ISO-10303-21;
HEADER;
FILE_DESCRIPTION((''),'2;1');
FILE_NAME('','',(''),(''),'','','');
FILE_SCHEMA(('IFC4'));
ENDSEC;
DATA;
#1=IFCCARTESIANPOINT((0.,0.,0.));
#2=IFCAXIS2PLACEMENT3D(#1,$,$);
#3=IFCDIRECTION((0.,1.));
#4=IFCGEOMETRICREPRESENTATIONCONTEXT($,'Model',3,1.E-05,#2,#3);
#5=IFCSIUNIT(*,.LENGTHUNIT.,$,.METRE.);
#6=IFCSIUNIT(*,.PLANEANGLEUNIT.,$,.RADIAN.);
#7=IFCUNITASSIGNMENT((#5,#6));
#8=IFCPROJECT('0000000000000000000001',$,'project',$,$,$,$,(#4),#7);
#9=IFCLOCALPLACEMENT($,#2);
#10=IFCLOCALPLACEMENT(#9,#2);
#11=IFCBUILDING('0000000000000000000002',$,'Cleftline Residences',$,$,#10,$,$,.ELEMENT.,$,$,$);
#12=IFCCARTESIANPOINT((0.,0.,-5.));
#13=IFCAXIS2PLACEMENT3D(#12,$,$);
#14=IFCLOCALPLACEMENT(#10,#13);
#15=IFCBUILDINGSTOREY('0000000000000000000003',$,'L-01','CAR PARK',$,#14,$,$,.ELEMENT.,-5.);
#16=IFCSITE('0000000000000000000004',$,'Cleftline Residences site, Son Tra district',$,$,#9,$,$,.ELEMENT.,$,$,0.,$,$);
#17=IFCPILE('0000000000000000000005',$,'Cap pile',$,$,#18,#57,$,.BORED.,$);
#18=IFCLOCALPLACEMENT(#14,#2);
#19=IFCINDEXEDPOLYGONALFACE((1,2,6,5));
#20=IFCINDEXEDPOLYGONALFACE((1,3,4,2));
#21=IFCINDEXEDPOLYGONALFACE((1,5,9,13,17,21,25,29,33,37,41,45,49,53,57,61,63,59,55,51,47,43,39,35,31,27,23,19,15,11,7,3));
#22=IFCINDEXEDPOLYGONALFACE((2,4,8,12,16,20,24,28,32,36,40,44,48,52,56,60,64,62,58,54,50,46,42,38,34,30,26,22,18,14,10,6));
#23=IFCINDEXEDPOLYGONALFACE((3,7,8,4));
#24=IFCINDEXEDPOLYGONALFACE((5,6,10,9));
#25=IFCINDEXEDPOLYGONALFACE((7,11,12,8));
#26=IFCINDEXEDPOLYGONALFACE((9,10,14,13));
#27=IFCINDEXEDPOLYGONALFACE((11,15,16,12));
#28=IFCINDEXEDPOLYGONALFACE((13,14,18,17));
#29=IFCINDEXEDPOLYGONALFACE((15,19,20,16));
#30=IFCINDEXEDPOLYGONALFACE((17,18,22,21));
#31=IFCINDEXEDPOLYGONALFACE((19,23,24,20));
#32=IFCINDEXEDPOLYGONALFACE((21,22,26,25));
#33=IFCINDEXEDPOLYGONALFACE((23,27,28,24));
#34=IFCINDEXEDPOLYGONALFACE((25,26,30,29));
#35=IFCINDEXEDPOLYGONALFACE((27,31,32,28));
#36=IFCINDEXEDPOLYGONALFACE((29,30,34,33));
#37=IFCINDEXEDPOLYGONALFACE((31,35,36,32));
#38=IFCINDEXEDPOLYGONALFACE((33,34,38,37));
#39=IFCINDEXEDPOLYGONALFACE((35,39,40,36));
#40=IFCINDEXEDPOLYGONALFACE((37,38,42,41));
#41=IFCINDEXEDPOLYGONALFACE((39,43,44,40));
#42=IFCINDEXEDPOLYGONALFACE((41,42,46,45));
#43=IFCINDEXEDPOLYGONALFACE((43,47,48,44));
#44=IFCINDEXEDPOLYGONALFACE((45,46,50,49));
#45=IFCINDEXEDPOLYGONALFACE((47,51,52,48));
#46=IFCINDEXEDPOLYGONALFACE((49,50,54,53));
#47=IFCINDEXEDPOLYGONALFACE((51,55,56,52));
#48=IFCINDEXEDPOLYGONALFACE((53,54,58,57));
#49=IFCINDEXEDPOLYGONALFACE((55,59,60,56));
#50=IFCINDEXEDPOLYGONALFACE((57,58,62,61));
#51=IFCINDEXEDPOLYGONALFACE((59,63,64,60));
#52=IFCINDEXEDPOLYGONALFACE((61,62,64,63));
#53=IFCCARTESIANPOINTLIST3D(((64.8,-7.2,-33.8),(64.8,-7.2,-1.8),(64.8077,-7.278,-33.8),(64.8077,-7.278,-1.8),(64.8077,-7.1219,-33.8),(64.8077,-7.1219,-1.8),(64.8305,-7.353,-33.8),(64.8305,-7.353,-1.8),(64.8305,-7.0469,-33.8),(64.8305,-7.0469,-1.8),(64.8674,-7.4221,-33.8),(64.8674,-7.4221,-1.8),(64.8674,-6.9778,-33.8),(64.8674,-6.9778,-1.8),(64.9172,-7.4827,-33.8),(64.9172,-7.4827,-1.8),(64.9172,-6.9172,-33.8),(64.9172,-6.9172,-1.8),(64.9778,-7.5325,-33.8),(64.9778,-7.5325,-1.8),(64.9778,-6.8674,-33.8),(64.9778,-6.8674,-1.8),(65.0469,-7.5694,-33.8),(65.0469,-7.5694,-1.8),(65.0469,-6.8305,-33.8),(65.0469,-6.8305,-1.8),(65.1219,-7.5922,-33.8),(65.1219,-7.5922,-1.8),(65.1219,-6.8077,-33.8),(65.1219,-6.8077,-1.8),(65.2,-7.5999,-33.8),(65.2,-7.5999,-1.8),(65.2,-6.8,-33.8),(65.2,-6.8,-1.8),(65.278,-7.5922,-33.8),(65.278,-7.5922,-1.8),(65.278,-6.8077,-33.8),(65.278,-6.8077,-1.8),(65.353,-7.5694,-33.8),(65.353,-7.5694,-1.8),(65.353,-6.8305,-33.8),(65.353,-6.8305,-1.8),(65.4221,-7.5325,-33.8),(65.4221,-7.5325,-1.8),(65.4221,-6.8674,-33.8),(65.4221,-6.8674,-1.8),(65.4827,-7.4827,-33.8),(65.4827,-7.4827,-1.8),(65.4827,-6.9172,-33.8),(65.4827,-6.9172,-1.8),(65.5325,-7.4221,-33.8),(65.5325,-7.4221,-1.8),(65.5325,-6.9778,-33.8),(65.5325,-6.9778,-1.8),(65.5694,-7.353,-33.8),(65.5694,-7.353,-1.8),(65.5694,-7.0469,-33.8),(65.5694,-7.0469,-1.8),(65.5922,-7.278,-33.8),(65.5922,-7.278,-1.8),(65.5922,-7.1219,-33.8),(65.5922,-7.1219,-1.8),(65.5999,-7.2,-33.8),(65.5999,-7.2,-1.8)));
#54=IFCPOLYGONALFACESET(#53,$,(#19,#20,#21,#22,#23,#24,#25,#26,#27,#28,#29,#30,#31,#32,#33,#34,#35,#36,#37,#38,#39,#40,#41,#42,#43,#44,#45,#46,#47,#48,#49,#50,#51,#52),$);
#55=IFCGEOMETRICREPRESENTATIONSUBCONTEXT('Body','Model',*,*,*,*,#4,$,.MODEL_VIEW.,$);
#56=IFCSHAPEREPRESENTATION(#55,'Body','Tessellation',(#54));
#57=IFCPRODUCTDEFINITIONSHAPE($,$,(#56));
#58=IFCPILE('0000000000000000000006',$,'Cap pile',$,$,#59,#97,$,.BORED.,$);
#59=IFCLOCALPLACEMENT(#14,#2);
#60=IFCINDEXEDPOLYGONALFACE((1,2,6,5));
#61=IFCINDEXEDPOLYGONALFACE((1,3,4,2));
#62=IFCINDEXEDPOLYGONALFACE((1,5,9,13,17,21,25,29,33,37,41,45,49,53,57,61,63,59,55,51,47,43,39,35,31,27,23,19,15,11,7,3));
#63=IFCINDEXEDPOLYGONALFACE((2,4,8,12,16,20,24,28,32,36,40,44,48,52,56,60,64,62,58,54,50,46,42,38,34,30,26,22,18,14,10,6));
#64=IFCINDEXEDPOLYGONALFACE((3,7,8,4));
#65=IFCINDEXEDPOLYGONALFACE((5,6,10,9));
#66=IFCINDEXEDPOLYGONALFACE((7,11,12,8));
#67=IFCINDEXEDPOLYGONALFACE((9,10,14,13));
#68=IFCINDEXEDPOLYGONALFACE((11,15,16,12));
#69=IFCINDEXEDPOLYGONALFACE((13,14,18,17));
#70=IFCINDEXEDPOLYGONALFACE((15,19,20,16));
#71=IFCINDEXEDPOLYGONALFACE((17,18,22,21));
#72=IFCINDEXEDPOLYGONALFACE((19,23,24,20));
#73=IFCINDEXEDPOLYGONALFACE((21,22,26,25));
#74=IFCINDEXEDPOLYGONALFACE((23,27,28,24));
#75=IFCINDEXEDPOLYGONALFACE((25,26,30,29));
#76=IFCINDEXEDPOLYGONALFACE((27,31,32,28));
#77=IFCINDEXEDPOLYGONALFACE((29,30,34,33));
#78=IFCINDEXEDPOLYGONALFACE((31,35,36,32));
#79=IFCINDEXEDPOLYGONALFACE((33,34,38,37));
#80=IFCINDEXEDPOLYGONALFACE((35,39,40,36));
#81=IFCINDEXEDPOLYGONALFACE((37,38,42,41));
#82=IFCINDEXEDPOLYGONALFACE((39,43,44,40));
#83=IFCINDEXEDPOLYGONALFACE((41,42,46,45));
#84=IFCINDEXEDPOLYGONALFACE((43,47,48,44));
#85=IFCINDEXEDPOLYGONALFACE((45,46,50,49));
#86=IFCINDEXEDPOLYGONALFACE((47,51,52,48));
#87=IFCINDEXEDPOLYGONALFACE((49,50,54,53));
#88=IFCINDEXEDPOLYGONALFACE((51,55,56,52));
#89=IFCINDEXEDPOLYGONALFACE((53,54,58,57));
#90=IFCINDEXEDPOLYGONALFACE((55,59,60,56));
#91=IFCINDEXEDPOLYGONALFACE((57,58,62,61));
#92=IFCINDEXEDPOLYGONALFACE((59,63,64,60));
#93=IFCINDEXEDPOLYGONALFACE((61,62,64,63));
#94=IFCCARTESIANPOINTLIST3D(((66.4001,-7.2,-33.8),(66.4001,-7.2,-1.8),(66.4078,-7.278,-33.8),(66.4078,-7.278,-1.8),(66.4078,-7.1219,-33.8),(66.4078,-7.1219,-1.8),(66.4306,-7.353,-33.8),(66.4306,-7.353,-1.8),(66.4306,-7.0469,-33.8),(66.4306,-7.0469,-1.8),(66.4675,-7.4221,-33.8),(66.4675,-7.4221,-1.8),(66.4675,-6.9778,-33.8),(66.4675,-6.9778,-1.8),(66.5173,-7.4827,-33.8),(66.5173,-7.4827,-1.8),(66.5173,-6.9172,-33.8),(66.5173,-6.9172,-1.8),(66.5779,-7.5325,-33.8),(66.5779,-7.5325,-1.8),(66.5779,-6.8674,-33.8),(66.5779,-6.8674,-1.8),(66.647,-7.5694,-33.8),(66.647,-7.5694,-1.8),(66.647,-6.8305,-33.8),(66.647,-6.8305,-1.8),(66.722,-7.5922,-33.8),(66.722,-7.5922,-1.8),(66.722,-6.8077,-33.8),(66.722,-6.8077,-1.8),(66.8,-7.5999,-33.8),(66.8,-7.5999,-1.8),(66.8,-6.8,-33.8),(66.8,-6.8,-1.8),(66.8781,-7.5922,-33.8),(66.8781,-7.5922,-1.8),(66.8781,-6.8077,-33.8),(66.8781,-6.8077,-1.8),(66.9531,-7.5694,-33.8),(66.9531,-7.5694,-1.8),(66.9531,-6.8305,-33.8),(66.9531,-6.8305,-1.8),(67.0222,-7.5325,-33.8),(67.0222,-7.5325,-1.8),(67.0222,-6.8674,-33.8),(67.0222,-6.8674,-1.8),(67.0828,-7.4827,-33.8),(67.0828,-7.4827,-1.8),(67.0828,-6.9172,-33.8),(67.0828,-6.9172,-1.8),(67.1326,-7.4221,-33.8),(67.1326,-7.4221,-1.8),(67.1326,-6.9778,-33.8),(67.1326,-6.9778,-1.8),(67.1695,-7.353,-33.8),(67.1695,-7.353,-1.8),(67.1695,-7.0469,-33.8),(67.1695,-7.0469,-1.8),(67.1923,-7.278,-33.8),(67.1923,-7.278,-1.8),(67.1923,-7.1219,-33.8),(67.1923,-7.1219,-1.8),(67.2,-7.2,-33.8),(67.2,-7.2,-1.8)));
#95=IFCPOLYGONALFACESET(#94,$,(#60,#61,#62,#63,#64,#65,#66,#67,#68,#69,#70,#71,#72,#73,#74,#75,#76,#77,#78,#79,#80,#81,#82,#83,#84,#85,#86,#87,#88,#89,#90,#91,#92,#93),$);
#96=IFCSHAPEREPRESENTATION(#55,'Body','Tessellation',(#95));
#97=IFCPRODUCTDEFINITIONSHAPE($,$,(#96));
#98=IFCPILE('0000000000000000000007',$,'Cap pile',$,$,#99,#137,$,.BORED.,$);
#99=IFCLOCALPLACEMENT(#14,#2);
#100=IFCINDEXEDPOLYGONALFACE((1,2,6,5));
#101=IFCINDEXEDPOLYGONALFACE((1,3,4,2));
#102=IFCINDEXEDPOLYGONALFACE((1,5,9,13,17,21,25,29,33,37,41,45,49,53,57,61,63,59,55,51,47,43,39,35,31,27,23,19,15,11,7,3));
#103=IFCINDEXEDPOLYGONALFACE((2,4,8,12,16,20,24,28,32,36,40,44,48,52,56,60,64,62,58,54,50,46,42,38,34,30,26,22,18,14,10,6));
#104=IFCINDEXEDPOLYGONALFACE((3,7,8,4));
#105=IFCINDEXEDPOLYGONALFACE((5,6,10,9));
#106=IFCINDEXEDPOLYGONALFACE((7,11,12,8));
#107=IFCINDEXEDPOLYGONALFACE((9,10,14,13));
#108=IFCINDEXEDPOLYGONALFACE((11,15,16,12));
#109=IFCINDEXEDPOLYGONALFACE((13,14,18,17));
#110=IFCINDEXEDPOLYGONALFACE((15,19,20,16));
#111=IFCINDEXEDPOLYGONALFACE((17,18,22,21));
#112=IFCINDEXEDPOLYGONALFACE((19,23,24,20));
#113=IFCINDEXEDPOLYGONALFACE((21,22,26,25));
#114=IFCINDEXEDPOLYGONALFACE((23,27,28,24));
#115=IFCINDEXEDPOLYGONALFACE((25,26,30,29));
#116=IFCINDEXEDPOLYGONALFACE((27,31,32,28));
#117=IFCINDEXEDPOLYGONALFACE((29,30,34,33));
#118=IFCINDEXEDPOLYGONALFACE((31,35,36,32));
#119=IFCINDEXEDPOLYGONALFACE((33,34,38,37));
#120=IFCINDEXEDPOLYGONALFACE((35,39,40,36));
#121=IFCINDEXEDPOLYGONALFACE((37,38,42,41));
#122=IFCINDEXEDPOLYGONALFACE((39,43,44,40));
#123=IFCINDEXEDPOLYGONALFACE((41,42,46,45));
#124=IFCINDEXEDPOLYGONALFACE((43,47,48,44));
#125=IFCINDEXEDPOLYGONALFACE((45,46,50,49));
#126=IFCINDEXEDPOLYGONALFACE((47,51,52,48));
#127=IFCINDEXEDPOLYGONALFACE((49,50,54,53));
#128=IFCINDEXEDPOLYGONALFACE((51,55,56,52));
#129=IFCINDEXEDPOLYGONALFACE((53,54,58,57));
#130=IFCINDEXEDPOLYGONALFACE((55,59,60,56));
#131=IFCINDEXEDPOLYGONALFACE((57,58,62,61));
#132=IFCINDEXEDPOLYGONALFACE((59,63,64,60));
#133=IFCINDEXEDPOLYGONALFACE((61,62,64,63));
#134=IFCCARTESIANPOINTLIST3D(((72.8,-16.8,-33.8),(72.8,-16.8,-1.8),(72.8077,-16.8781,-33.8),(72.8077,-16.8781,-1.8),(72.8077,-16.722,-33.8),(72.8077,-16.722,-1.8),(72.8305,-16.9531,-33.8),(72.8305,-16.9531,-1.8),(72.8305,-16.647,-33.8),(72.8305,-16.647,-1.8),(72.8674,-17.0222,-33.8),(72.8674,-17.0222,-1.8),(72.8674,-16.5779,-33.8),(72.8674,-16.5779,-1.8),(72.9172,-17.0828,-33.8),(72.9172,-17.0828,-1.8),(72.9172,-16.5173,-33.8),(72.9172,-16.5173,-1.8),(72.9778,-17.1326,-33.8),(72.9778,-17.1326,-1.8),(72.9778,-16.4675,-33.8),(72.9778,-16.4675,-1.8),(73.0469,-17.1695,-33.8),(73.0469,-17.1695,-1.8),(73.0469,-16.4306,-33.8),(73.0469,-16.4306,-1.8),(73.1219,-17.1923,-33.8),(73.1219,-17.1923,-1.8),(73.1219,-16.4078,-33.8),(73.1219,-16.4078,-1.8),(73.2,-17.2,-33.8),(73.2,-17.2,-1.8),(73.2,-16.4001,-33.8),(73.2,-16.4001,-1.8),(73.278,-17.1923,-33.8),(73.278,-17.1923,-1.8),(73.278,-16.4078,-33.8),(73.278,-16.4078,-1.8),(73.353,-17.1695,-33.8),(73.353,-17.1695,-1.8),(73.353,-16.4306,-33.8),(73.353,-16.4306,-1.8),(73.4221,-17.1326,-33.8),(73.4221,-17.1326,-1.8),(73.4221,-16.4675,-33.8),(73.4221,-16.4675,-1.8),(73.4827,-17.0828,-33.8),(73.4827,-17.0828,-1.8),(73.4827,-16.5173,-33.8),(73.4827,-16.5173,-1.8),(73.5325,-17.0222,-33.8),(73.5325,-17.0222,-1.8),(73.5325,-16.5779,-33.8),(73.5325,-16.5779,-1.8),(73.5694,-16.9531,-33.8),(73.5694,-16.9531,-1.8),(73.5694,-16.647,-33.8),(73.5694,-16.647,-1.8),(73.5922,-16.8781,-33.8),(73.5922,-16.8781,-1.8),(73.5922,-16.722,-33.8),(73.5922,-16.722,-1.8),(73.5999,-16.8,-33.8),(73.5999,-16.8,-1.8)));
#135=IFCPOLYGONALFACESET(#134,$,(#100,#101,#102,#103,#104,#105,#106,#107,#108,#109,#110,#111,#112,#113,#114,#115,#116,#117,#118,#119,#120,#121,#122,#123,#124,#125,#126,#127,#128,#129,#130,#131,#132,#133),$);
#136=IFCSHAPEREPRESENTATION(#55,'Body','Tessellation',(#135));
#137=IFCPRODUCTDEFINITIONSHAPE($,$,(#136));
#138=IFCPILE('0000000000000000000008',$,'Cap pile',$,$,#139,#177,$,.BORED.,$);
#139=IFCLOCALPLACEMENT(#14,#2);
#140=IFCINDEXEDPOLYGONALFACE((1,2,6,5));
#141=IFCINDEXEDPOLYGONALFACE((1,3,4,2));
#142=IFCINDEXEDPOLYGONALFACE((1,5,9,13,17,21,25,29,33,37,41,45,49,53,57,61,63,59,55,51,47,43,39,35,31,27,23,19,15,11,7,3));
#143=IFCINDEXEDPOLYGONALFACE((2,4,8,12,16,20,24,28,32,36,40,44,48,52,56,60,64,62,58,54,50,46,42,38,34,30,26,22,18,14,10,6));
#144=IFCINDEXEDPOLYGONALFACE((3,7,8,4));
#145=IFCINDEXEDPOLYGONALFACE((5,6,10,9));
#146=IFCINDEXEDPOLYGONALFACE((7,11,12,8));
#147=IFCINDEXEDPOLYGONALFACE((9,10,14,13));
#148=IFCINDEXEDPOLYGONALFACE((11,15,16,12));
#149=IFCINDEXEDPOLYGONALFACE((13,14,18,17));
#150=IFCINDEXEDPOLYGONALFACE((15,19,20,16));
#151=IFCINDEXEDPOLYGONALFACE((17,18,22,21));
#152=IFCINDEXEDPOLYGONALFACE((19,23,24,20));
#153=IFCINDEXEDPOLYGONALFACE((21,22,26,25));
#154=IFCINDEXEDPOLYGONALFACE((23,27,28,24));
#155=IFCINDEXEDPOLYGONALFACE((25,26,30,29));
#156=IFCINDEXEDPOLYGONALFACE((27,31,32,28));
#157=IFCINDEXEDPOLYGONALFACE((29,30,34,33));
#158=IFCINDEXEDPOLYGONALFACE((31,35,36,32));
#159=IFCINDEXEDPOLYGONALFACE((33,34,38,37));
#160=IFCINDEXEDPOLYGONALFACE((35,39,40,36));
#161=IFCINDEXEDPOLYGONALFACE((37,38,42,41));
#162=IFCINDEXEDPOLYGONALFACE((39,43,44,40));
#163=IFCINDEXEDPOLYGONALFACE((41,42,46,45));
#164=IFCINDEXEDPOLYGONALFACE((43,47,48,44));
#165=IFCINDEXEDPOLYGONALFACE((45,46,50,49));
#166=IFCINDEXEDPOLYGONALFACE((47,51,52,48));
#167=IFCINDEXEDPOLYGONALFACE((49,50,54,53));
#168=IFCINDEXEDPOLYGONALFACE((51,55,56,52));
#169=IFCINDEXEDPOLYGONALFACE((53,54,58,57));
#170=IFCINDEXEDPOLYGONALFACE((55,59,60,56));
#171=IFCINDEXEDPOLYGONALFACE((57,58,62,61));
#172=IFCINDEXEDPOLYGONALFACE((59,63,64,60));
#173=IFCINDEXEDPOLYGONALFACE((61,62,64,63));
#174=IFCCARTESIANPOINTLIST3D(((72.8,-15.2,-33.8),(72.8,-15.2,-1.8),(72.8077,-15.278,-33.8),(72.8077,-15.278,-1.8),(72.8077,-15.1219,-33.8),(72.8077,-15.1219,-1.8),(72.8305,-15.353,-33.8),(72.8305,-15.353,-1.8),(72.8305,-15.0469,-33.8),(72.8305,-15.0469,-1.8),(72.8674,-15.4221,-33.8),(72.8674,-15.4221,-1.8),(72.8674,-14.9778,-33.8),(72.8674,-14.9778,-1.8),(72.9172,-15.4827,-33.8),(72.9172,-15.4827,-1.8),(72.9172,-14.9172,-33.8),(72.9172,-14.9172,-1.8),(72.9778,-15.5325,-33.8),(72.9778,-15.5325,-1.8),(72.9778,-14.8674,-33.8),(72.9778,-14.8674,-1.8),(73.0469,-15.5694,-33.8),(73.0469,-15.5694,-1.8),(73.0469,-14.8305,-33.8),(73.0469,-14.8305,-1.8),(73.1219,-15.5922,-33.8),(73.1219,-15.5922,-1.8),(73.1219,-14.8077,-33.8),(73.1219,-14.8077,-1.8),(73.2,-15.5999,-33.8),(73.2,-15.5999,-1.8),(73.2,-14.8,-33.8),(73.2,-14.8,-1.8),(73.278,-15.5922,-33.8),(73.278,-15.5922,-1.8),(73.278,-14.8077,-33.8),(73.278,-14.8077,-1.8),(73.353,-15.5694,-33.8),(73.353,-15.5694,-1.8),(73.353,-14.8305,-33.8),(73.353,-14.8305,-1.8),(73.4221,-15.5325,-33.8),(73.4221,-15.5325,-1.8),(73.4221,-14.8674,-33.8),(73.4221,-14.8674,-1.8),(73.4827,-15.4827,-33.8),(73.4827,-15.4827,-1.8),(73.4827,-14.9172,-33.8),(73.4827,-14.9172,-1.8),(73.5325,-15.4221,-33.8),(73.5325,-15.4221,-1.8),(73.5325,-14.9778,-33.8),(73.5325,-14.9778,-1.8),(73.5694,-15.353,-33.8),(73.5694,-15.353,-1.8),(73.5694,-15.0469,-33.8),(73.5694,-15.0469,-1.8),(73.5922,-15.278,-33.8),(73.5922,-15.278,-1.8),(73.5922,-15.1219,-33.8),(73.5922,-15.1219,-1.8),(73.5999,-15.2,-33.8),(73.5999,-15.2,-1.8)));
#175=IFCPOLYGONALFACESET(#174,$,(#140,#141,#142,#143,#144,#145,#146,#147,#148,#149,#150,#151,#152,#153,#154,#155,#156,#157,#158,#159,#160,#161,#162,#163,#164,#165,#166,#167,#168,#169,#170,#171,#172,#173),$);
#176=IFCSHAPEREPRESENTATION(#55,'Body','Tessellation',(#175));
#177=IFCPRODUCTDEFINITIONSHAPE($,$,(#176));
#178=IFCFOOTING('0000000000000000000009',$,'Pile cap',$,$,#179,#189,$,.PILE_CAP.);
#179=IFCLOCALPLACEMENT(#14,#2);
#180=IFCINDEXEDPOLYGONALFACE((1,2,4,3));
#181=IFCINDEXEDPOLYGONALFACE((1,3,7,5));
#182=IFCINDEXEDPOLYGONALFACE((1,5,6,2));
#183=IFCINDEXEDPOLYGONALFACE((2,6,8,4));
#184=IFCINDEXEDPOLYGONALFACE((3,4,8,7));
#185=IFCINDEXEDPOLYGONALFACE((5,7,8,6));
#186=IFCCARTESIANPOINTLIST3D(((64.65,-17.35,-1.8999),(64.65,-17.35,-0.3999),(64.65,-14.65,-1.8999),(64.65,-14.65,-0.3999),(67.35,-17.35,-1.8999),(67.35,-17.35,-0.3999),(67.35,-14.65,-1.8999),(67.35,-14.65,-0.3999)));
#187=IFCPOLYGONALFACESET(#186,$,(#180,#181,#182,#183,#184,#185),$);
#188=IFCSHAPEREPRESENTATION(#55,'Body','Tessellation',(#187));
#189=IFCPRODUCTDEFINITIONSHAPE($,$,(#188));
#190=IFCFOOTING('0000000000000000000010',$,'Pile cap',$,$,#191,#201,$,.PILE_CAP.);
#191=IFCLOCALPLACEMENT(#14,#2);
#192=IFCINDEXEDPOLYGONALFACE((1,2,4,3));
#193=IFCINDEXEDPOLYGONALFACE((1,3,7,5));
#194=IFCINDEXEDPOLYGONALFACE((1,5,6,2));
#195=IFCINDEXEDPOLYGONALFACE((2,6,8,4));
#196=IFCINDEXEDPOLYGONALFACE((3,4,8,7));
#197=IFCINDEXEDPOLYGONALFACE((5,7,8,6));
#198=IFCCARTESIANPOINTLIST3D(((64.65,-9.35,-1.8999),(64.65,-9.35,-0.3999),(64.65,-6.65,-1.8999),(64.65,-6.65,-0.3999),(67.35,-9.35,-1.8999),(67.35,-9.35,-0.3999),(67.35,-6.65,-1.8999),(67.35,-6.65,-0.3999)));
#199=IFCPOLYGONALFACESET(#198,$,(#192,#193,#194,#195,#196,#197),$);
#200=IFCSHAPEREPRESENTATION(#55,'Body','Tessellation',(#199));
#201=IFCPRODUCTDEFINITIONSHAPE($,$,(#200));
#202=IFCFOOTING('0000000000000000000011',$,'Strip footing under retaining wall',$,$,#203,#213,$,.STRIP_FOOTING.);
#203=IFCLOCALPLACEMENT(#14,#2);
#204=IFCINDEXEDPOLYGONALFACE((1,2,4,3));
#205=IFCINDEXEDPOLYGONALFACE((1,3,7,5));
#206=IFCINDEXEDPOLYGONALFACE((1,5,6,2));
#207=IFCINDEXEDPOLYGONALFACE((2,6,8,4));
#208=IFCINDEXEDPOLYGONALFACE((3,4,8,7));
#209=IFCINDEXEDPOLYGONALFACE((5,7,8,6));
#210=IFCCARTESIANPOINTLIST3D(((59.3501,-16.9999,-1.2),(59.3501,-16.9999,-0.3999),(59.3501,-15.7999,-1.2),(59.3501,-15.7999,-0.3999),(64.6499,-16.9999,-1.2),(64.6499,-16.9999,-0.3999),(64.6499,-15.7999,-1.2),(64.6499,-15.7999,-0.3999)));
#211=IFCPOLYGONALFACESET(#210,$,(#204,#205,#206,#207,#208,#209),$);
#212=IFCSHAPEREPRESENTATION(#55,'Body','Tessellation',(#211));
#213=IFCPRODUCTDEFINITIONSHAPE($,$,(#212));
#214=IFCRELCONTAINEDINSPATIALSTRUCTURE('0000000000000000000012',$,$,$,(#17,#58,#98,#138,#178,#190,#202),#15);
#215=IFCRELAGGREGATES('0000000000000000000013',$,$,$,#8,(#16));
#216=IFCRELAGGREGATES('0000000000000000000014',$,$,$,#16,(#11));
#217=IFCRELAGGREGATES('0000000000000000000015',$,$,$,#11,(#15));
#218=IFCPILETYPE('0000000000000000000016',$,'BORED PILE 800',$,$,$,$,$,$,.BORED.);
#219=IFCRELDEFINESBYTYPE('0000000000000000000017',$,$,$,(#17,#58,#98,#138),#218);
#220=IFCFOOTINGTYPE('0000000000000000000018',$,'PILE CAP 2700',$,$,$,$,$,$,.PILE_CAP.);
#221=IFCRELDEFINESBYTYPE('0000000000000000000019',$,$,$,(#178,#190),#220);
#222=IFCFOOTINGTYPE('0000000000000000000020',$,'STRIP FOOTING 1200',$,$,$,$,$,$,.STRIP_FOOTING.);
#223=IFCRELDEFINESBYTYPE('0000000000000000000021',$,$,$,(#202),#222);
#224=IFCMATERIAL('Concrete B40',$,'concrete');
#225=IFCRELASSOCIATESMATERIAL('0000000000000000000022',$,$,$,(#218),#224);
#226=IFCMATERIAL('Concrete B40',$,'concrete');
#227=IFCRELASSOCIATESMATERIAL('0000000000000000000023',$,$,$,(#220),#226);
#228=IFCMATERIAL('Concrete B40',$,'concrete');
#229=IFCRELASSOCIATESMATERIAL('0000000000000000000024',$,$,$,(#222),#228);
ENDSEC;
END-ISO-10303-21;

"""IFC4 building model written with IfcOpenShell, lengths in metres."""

from ifc_helpers import new_model, si_unit, direction, frame, frame_2d, origin, origin_2d, place, context, subcontext, project, spatial, rectangle, circle, extrude, material, material_profile, profile_set, type_object, element, save


model = new_model("IFC4")

# Units and contexts
model_context = context("Model", 3, precision=1e-05, world=origin(), true_north=direction((0.0, 1.0)))
body_context = subcontext(model_context, "Body", "Model", "MODEL_VIEW")
ifc_project = project(units=[si_unit("LENGTHUNIT", "METRE"), si_unit("PLANEANGLEUNIT", "RADIAN")], contexts=[model_context])

# Site, building, storey
site_placement = place(None, origin())
site = spatial("IfcSite", under=ifc_project, at=site_placement, Name="Cleftline Residences site, Son Tra district", CompositionType="ELEMENT", RefElevation=0.0)
building_placement = place(site_placement, origin())
building = spatial("IfcBuilding", under=site, at=building_placement, Name="Cleftline Residences", CompositionType="ELEMENT")
storey_placement = place(building_placement, frame((0.0, 0.0, -5.0)))
storey = spatial("IfcBuildingStorey", under=building, at=storey_placement, Name="L-01", Description="CAR PARK", CompositionType="ELEMENT", Elevation=-5.0)

# Piles
ifc_material_1 = material(Name="Concrete B40", Category="concrete")
ifc_material_profile_1 = material_profile(ifc_material_1, circle(Radius=0.3999, at=origin_2d()))
ifc_profile_set_1 = profile_set([ifc_material_profile_1], Name="Concrete B40")
pile_type_1 = type_object("IfcPileType", Name="BORED PILE 800", PredefinedType="BORED", material=ifc_profile_set_1)
for number, where, z_axis, x_axis, name in (
    (1, (65.2, -7.2, -1.8), (0.0, 0.0, -1.0), (1.0, 0.0, 0.0), "Cap pile"),
    (2, (66.8, -7.2, -1.8), (0.0, 0.0, -1.0), (1.0, 0.0, 0.0), "Cap pile"),
    (3, (73.2, -16.8, -1.8), (0.0, 0.0, -1.0), (1.0, 0.0, 0.0), "Cap pile"),
    (4, (73.2, -15.2, -1.8), (0.0, 0.0, -1.0), (1.0, 0.0, 0.0), "Cap pile"),
):
    element("IfcPile", number, at=place(storey_placement, frame(where, z_axis=z_axis, x_axis=x_axis)), inside=storey, type_object=pile_type_1, Name=name, PredefinedType="BORED", context=body_context, shape_type="SweptSolid", body=[
        extrude(circle(Radius=0.3999, at=origin_2d()), origin(), (0.0, 0.0, 1.0), 32.0),
    ])

# Footings
ifc_material_2 = material(Name="Concrete B40", Category="concrete")
footing_type_1 = type_object("IfcFootingType", Name="PILE CAP 2700", PredefinedType="PILE_CAP", material=ifc_material_2)
for number, where, z_axis, x_axis, name in (
    (5, (66.0, -16.0, -1.8999), (0.0, 0.0, 1.0), (1.0, 0.0, 0.0), "Pile cap"),
    (6, (66.0, -8.0, -1.8999), (0.0, 0.0, 1.0), (1.0, 0.0, 0.0), "Pile cap"),
):
    element("IfcFooting", number, at=place(storey_placement, frame(where, z_axis=z_axis, x_axis=x_axis)), inside=storey, type_object=footing_type_1, Name=name, PredefinedType="PILE_CAP", context=body_context, shape_type="SweptSolid", body=[
        extrude(rectangle(XDim=2.7, YDim=2.7, at=origin_2d()), origin(), (0.0, 0.0, 1.0), 1.5),
    ])
ifc_material_3 = material(Name="Concrete B40", Category="concrete")
footing_type_2 = type_object("IfcFootingType", Name="STRIP FOOTING 1200", PredefinedType="STRIP_FOOTING", material=ifc_material_3)
for number, where, z_axis, x_axis, name in (
    (7, (59.3501, -16.3999, -1.2), (0.0, 0.0, 1.0), (1.0, 0.0, 0.0), "Strip footing under retaining wall"),
):
    element("IfcFooting", number, at=place(storey_placement, frame(where, z_axis=z_axis, x_axis=x_axis)), inside=storey, type_object=footing_type_2, Name=name, PredefinedType="STRIP_FOOTING", context=body_context, shape_type="SweptSolid", body=[
        extrude(rectangle(XDim=5.2998, YDim=1.2, at=frame_2d((2.6499, 0.0))), origin(), (0.0, 0.0, 1.0), 0.8),
    ])

save(model, "model.ifc")
